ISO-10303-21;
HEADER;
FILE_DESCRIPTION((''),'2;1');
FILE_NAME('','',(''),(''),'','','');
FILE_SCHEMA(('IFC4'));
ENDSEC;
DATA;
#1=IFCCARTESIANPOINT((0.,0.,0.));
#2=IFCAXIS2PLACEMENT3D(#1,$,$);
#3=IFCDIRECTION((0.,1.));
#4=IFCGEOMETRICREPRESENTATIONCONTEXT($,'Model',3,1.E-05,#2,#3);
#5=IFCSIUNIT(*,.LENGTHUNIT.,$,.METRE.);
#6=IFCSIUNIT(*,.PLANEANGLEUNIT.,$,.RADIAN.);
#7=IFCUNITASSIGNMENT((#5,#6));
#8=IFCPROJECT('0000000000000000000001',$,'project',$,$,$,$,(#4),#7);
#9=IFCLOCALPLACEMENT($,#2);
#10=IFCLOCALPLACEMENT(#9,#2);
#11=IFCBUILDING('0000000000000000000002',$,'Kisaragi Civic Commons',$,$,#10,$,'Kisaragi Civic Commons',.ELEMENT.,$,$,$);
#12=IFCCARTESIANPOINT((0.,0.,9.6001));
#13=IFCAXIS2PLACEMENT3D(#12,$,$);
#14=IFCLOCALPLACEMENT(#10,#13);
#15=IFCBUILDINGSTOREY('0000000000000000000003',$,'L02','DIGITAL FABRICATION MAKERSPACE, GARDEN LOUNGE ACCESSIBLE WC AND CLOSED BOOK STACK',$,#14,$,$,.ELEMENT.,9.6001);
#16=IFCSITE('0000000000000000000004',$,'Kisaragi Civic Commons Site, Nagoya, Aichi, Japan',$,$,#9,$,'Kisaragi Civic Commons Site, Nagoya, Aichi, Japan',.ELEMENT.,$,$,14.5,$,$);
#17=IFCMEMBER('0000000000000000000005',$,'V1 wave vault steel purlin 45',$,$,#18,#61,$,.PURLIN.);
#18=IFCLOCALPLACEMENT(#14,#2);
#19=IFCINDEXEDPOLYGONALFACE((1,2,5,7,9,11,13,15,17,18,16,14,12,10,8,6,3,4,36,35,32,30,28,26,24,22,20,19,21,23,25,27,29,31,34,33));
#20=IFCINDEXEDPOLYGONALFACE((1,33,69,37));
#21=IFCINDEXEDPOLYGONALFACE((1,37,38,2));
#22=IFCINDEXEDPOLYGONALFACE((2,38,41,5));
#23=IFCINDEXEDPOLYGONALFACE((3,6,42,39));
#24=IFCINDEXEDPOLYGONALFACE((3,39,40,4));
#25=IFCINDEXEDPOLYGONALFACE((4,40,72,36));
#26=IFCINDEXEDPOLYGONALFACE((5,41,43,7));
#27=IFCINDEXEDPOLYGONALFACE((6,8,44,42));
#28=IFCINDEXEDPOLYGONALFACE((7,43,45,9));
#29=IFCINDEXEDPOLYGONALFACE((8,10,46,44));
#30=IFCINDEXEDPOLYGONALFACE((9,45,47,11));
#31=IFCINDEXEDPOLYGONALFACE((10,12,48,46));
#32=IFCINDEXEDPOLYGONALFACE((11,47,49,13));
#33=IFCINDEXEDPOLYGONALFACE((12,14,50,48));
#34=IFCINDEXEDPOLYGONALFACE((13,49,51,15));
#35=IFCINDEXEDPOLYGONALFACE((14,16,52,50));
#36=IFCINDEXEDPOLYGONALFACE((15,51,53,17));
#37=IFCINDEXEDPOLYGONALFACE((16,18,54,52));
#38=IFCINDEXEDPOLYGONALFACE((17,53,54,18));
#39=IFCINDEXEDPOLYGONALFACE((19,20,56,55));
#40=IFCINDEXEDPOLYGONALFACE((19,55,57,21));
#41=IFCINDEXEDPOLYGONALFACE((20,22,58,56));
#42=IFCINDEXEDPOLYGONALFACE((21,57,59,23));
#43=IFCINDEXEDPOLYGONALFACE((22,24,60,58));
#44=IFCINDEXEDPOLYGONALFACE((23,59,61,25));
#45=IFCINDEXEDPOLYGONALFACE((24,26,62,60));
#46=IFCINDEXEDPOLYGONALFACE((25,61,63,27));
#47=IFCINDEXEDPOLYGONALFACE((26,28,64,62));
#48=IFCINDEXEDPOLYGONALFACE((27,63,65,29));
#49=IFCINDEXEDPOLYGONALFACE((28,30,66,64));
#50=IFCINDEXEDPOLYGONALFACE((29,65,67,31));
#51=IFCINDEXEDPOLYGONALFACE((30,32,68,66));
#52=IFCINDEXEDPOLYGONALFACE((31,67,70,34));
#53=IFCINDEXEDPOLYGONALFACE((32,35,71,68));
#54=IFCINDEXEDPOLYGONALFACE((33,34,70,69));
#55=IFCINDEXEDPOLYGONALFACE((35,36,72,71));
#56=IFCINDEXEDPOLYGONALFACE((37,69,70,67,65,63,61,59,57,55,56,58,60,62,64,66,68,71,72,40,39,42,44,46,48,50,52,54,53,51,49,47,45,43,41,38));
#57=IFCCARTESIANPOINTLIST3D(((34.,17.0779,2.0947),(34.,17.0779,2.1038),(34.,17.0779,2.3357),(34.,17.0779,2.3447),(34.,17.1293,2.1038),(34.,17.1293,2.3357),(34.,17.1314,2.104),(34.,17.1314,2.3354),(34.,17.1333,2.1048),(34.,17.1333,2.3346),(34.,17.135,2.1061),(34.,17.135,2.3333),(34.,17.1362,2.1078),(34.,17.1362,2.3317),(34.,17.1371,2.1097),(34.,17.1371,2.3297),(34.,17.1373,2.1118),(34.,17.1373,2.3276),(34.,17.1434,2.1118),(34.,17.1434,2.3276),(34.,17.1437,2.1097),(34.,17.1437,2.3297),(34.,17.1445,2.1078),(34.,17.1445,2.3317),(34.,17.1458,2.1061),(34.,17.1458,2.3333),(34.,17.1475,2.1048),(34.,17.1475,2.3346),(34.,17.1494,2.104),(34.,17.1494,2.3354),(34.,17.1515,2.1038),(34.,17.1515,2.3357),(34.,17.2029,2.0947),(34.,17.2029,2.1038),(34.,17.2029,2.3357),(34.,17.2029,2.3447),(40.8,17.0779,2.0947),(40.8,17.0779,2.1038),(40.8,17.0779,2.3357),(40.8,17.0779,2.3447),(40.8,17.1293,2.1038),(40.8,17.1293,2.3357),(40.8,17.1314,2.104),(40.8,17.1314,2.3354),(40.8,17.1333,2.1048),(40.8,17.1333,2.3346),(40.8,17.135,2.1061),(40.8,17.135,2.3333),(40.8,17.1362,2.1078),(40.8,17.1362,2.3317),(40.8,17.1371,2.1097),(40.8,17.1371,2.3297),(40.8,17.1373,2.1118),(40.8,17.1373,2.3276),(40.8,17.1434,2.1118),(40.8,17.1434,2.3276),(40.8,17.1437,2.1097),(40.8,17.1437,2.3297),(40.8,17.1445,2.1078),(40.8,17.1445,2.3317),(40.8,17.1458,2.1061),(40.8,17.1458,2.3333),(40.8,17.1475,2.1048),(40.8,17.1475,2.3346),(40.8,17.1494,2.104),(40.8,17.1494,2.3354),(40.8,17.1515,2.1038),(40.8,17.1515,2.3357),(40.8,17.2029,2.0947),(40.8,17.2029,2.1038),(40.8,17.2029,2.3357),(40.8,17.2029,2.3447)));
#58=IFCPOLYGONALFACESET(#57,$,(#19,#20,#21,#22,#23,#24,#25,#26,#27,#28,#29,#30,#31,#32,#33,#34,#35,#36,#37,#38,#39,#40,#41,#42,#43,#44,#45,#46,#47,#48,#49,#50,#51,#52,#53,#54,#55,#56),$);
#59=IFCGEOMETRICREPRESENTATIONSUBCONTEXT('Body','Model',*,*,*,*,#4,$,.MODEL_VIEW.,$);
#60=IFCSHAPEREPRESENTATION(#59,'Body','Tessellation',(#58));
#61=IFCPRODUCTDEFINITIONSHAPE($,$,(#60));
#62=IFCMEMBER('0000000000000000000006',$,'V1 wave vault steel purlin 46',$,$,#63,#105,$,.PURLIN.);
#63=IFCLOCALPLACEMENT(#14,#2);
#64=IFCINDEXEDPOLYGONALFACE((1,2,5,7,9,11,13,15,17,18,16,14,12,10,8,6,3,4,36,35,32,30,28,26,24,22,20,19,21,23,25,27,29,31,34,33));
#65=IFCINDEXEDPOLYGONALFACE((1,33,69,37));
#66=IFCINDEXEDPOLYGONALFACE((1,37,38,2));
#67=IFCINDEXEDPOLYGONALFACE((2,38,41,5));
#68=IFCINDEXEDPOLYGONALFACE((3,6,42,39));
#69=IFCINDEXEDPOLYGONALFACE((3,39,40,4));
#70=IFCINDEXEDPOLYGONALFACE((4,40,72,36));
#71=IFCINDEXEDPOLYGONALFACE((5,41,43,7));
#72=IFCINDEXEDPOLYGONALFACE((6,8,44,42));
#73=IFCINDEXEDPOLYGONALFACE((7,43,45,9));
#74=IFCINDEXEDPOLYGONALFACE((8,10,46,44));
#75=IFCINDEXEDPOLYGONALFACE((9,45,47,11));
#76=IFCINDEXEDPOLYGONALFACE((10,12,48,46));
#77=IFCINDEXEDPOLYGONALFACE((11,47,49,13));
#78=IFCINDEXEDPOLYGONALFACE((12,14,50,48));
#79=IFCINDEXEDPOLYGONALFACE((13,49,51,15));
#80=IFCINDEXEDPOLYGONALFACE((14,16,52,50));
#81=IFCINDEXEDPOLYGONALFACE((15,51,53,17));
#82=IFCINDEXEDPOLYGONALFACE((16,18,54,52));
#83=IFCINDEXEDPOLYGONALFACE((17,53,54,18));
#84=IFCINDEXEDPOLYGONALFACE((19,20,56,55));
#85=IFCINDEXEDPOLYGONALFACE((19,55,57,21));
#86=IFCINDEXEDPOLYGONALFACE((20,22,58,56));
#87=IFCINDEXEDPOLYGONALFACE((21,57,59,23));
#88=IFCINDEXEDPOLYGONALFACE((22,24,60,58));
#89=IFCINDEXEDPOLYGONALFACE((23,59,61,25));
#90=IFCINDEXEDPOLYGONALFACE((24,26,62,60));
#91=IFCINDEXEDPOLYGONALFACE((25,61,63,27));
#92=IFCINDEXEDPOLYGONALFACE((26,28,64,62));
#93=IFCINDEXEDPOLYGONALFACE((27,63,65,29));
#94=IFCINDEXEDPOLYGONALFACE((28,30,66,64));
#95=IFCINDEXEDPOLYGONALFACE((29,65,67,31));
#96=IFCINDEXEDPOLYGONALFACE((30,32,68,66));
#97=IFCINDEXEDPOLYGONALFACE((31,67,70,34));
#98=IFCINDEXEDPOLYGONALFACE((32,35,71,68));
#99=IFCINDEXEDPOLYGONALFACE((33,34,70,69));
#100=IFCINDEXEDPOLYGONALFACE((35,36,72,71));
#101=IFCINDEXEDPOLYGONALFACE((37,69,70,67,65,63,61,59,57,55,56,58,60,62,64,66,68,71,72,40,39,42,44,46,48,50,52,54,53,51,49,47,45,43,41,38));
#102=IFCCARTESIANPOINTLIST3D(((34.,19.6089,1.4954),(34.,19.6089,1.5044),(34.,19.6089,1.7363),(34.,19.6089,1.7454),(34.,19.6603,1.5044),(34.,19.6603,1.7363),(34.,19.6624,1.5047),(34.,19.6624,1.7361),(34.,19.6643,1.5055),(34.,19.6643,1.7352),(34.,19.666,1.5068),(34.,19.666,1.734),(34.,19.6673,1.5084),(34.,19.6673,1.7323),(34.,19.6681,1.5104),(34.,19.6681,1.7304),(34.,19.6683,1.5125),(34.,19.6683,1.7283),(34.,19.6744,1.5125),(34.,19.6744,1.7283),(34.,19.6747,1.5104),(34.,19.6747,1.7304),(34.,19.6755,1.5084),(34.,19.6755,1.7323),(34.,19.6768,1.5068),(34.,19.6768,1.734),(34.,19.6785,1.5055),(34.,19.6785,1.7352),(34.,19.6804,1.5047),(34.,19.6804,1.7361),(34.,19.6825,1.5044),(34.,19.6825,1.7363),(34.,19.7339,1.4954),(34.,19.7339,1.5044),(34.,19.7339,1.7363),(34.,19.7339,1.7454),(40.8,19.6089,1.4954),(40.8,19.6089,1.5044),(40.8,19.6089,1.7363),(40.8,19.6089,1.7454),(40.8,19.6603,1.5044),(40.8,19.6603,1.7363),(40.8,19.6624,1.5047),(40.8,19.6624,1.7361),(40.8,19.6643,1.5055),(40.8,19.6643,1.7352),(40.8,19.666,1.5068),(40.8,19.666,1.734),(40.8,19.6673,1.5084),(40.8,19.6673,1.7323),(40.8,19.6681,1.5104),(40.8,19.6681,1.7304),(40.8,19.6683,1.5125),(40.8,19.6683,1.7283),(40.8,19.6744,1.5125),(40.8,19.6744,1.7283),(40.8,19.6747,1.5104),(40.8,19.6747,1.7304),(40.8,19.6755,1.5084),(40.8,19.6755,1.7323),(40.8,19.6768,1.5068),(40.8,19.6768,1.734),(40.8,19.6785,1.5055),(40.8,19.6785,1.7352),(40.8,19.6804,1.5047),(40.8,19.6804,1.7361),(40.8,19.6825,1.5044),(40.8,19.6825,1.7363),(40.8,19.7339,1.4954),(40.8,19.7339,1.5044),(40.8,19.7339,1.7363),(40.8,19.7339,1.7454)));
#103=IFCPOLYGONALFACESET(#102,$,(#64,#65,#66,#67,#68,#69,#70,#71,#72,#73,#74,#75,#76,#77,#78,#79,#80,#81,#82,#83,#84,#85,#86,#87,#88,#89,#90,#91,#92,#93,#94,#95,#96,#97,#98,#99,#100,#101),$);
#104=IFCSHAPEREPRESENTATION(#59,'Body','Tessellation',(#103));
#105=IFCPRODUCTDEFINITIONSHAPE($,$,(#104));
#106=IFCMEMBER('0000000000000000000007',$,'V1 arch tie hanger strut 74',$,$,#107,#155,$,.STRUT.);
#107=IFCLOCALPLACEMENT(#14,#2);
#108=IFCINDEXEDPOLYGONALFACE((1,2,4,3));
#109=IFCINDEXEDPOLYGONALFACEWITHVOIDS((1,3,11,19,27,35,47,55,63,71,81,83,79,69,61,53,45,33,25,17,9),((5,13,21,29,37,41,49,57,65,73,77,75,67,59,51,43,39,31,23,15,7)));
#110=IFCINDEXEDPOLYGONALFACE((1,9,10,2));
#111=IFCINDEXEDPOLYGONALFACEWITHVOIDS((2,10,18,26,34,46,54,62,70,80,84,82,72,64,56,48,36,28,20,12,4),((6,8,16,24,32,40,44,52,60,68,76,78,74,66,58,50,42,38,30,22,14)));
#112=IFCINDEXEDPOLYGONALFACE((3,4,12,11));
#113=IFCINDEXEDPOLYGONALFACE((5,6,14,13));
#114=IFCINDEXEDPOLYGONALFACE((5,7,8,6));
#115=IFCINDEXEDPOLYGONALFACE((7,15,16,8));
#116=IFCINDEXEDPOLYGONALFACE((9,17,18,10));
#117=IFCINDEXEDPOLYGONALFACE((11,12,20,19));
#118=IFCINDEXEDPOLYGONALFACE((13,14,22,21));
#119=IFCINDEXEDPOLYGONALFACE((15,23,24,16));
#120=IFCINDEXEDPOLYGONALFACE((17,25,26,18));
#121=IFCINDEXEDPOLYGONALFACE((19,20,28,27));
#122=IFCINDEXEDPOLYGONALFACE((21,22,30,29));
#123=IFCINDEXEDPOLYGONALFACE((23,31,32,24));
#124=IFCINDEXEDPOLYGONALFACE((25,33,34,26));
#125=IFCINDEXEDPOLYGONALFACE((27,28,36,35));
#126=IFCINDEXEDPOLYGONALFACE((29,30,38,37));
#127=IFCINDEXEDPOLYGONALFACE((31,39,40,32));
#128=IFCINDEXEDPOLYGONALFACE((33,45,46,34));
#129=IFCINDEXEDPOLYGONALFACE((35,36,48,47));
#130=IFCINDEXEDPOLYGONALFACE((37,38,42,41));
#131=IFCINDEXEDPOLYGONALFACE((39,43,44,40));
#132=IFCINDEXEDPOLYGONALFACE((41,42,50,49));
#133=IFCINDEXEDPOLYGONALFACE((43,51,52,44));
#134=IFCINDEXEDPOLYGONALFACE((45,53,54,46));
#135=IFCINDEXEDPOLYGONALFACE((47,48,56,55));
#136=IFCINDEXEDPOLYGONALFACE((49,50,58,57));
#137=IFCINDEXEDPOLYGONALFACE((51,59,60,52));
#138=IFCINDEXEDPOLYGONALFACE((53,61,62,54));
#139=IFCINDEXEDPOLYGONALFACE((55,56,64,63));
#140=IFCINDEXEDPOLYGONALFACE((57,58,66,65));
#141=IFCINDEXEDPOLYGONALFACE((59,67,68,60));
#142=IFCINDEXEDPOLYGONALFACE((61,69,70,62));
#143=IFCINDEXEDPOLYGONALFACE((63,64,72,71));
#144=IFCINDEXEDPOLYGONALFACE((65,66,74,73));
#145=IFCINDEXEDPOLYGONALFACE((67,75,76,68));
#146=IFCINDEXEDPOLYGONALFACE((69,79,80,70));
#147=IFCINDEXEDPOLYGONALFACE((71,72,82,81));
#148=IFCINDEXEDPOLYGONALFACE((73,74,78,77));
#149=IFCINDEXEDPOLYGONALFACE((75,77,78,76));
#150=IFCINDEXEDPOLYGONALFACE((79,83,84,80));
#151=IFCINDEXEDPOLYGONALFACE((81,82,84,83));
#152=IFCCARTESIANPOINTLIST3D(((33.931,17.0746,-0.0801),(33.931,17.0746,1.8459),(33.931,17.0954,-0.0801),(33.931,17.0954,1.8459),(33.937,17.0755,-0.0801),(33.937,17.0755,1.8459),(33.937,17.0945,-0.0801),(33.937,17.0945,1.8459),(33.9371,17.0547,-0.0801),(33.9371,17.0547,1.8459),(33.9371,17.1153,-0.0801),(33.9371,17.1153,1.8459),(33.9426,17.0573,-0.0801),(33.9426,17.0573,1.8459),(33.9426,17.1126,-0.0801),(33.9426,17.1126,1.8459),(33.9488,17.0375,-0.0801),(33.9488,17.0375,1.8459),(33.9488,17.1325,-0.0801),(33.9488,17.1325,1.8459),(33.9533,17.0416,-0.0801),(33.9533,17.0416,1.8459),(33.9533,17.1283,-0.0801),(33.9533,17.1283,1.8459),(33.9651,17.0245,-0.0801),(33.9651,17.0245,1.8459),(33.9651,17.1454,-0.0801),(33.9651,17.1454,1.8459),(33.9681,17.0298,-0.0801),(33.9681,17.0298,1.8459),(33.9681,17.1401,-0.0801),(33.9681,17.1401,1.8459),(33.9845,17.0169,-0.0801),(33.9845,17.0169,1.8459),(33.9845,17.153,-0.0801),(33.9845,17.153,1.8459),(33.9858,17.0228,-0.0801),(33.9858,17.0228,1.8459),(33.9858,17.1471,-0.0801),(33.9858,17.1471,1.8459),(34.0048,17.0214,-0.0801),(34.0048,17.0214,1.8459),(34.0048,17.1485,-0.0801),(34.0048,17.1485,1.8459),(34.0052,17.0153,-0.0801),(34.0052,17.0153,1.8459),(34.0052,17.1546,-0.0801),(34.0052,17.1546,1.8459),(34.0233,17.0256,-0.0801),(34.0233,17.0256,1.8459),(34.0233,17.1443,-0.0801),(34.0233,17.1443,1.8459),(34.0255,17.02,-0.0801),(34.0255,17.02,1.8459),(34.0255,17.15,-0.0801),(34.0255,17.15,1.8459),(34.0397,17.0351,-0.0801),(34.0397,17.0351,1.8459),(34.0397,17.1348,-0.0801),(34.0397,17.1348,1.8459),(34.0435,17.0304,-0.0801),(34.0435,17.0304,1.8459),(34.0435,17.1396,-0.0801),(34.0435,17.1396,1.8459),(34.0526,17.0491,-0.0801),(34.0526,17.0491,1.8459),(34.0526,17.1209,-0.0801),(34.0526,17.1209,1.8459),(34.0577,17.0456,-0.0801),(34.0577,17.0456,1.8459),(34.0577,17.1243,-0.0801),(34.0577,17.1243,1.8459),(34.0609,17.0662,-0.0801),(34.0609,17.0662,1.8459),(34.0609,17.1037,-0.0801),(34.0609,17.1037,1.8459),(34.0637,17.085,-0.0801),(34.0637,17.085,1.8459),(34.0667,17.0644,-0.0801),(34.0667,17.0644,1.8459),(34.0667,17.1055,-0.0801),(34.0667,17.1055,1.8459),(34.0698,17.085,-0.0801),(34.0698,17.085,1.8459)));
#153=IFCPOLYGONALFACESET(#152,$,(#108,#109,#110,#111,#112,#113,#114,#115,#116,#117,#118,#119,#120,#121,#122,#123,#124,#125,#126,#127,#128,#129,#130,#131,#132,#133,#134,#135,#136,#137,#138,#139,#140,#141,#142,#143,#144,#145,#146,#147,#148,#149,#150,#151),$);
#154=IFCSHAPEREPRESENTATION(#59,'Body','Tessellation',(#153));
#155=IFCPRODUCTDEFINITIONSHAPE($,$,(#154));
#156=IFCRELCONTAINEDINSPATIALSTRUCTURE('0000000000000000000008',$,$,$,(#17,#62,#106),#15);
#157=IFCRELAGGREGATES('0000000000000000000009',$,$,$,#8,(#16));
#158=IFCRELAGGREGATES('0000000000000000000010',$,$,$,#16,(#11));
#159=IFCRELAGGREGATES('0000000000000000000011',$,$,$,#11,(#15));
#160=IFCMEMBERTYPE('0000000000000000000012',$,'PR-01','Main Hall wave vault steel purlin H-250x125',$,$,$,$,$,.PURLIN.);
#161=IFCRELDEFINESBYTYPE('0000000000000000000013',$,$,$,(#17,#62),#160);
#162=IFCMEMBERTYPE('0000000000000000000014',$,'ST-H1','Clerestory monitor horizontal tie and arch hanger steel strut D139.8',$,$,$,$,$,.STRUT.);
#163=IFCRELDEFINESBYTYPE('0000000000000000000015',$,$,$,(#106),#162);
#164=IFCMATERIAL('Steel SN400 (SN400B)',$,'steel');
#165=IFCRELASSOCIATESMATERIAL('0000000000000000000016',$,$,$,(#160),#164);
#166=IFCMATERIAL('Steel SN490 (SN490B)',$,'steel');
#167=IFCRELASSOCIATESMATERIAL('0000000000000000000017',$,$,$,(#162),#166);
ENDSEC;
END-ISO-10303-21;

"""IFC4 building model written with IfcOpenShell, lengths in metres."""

from ifc_helpers import new_model, si_unit, direction, frame, origin, origin_2d, place, context, subcontext, project, spatial, hollow_circle, i_section, extrude, material, material_profile, profile_set, type_object, element, save


model = new_model("IFC4")

# Units and contexts
model_context = context("Model", 3, precision=1e-05, world=origin(), true_north=direction((0.0, 1.0)))
body_context = subcontext(model_context, "Body", "Model", "MODEL_VIEW")
ifc_project = project(units=[si_unit("LENGTHUNIT", "METRE"), si_unit("PLANEANGLEUNIT", "RADIAN")], contexts=[model_context])

# Site, building, storey
site_placement = place(None, origin())
site = spatial("IfcSite", under=ifc_project, at=site_placement, Name="Kisaragi Civic Commons Site, Nagoya, Aichi, Japan", LongName="Kisaragi Civic Commons Site, Nagoya, Aichi, Japan", CompositionType="ELEMENT", RefElevation=14.5)
building_placement = place(site_placement, origin())
building = spatial("IfcBuilding", under=site, at=building_placement, Name="Kisaragi Civic Commons", LongName="Kisaragi Civic Commons", CompositionType="ELEMENT")
storey_placement = place(building_placement, frame((0.0, 0.0, 9.6001)))
storey = spatial("IfcBuildingStorey", under=building, at=storey_placement, Name="L02", Description="DIGITAL FABRICATION MAKERSPACE, GARDEN LOUNGE ACCESSIBLE WC AND CLOSED BOOK STACK", CompositionType="ELEMENT", Elevation=9.6001)

# Members
ifc_material_1 = material(Name="Steel SN490 (SN490B)", Category="steel")
ifc_material_2 = material(Name="Steel SN400 (SN400B)", Category="steel")
ifc_material_profile_1 = material_profile(ifc_material_2, i_section(OverallWidth=0.125, OverallDepth=0.25, WebThickness=0.0061, FlangeThickness=0.009, FilletRadius=0.0081, at=origin_2d()), Name="H-250x125x6x9", Category="steel")
ifc_profile_set_1 = profile_set([ifc_material_profile_1], Name="Steel SN400 (SN400B)")
member_type_1 = type_object("IfcMemberType", Name="PR-01", Description="Main Hall wave vault steel purlin H-250x125", PredefinedType="PURLIN", material=ifc_profile_set_1)
for number, where, z_axis, x_axis, name in (
    (1, (34.0, 17.1404, 2.2197), (1.0, 0.0, 0.0), (0.0, 1.0, 0.0), "V1 wave vault steel purlin 45"),
    (2, (34.0, 19.6714, 1.6204), (1.0, 0.0, 0.0), (0.0, 1.0, 0.0), "V1 wave vault steel purlin 46"),
):
    element("IfcMember", number, at=place(storey_placement, frame(where, z_axis=z_axis, x_axis=x_axis)), inside=storey, type_object=member_type_1, Name=name, PredefinedType="PURLIN", context=body_context, shape_type="SweptSolid", body=[
        extrude(i_section(OverallWidth=0.125, OverallDepth=0.25, WebThickness=0.0061, FlangeThickness=0.009, FilletRadius=0.0081, at=origin_2d()), origin(), (0.0, 0.0, 1.0), 6.8),
    ])
ifc_material_profile_2 = material_profile(ifc_material_1, hollow_circle(Radius=0.0698, WallThickness=0.0061, at=origin_2d()), Name="CHS-139.8x6.0", Category="steel")
ifc_profile_set_2 = profile_set([ifc_material_profile_2], Name="Steel SN490 (SN490B)")
member_type_2 = type_object("IfcMemberType", Name="ST-H1", Description="Clerestory monitor horizontal tie and arch hanger steel strut D139.8", PredefinedType="STRUT", material=ifc_profile_set_2)
member_1_placement = place(storey_placement, frame((34.0, 17.085, -0.0801), z_axis=(0.0, 0.0, 1.0), x_axis=(1.0, 0.0, 0.0)))
element("IfcMember", 3, at=member_1_placement, inside=storey, type_object=member_type_2, Name="V1 arch tie hanger strut 74", PredefinedType="STRUT", context=body_context, shape_type="SweptSolid", body=[
    extrude(hollow_circle(Radius=0.0698, WallThickness=0.0061, at=origin_2d()), origin(), (0.0, 0.0, 1.0), 1.926),
])

save(model, "model.ifc")
